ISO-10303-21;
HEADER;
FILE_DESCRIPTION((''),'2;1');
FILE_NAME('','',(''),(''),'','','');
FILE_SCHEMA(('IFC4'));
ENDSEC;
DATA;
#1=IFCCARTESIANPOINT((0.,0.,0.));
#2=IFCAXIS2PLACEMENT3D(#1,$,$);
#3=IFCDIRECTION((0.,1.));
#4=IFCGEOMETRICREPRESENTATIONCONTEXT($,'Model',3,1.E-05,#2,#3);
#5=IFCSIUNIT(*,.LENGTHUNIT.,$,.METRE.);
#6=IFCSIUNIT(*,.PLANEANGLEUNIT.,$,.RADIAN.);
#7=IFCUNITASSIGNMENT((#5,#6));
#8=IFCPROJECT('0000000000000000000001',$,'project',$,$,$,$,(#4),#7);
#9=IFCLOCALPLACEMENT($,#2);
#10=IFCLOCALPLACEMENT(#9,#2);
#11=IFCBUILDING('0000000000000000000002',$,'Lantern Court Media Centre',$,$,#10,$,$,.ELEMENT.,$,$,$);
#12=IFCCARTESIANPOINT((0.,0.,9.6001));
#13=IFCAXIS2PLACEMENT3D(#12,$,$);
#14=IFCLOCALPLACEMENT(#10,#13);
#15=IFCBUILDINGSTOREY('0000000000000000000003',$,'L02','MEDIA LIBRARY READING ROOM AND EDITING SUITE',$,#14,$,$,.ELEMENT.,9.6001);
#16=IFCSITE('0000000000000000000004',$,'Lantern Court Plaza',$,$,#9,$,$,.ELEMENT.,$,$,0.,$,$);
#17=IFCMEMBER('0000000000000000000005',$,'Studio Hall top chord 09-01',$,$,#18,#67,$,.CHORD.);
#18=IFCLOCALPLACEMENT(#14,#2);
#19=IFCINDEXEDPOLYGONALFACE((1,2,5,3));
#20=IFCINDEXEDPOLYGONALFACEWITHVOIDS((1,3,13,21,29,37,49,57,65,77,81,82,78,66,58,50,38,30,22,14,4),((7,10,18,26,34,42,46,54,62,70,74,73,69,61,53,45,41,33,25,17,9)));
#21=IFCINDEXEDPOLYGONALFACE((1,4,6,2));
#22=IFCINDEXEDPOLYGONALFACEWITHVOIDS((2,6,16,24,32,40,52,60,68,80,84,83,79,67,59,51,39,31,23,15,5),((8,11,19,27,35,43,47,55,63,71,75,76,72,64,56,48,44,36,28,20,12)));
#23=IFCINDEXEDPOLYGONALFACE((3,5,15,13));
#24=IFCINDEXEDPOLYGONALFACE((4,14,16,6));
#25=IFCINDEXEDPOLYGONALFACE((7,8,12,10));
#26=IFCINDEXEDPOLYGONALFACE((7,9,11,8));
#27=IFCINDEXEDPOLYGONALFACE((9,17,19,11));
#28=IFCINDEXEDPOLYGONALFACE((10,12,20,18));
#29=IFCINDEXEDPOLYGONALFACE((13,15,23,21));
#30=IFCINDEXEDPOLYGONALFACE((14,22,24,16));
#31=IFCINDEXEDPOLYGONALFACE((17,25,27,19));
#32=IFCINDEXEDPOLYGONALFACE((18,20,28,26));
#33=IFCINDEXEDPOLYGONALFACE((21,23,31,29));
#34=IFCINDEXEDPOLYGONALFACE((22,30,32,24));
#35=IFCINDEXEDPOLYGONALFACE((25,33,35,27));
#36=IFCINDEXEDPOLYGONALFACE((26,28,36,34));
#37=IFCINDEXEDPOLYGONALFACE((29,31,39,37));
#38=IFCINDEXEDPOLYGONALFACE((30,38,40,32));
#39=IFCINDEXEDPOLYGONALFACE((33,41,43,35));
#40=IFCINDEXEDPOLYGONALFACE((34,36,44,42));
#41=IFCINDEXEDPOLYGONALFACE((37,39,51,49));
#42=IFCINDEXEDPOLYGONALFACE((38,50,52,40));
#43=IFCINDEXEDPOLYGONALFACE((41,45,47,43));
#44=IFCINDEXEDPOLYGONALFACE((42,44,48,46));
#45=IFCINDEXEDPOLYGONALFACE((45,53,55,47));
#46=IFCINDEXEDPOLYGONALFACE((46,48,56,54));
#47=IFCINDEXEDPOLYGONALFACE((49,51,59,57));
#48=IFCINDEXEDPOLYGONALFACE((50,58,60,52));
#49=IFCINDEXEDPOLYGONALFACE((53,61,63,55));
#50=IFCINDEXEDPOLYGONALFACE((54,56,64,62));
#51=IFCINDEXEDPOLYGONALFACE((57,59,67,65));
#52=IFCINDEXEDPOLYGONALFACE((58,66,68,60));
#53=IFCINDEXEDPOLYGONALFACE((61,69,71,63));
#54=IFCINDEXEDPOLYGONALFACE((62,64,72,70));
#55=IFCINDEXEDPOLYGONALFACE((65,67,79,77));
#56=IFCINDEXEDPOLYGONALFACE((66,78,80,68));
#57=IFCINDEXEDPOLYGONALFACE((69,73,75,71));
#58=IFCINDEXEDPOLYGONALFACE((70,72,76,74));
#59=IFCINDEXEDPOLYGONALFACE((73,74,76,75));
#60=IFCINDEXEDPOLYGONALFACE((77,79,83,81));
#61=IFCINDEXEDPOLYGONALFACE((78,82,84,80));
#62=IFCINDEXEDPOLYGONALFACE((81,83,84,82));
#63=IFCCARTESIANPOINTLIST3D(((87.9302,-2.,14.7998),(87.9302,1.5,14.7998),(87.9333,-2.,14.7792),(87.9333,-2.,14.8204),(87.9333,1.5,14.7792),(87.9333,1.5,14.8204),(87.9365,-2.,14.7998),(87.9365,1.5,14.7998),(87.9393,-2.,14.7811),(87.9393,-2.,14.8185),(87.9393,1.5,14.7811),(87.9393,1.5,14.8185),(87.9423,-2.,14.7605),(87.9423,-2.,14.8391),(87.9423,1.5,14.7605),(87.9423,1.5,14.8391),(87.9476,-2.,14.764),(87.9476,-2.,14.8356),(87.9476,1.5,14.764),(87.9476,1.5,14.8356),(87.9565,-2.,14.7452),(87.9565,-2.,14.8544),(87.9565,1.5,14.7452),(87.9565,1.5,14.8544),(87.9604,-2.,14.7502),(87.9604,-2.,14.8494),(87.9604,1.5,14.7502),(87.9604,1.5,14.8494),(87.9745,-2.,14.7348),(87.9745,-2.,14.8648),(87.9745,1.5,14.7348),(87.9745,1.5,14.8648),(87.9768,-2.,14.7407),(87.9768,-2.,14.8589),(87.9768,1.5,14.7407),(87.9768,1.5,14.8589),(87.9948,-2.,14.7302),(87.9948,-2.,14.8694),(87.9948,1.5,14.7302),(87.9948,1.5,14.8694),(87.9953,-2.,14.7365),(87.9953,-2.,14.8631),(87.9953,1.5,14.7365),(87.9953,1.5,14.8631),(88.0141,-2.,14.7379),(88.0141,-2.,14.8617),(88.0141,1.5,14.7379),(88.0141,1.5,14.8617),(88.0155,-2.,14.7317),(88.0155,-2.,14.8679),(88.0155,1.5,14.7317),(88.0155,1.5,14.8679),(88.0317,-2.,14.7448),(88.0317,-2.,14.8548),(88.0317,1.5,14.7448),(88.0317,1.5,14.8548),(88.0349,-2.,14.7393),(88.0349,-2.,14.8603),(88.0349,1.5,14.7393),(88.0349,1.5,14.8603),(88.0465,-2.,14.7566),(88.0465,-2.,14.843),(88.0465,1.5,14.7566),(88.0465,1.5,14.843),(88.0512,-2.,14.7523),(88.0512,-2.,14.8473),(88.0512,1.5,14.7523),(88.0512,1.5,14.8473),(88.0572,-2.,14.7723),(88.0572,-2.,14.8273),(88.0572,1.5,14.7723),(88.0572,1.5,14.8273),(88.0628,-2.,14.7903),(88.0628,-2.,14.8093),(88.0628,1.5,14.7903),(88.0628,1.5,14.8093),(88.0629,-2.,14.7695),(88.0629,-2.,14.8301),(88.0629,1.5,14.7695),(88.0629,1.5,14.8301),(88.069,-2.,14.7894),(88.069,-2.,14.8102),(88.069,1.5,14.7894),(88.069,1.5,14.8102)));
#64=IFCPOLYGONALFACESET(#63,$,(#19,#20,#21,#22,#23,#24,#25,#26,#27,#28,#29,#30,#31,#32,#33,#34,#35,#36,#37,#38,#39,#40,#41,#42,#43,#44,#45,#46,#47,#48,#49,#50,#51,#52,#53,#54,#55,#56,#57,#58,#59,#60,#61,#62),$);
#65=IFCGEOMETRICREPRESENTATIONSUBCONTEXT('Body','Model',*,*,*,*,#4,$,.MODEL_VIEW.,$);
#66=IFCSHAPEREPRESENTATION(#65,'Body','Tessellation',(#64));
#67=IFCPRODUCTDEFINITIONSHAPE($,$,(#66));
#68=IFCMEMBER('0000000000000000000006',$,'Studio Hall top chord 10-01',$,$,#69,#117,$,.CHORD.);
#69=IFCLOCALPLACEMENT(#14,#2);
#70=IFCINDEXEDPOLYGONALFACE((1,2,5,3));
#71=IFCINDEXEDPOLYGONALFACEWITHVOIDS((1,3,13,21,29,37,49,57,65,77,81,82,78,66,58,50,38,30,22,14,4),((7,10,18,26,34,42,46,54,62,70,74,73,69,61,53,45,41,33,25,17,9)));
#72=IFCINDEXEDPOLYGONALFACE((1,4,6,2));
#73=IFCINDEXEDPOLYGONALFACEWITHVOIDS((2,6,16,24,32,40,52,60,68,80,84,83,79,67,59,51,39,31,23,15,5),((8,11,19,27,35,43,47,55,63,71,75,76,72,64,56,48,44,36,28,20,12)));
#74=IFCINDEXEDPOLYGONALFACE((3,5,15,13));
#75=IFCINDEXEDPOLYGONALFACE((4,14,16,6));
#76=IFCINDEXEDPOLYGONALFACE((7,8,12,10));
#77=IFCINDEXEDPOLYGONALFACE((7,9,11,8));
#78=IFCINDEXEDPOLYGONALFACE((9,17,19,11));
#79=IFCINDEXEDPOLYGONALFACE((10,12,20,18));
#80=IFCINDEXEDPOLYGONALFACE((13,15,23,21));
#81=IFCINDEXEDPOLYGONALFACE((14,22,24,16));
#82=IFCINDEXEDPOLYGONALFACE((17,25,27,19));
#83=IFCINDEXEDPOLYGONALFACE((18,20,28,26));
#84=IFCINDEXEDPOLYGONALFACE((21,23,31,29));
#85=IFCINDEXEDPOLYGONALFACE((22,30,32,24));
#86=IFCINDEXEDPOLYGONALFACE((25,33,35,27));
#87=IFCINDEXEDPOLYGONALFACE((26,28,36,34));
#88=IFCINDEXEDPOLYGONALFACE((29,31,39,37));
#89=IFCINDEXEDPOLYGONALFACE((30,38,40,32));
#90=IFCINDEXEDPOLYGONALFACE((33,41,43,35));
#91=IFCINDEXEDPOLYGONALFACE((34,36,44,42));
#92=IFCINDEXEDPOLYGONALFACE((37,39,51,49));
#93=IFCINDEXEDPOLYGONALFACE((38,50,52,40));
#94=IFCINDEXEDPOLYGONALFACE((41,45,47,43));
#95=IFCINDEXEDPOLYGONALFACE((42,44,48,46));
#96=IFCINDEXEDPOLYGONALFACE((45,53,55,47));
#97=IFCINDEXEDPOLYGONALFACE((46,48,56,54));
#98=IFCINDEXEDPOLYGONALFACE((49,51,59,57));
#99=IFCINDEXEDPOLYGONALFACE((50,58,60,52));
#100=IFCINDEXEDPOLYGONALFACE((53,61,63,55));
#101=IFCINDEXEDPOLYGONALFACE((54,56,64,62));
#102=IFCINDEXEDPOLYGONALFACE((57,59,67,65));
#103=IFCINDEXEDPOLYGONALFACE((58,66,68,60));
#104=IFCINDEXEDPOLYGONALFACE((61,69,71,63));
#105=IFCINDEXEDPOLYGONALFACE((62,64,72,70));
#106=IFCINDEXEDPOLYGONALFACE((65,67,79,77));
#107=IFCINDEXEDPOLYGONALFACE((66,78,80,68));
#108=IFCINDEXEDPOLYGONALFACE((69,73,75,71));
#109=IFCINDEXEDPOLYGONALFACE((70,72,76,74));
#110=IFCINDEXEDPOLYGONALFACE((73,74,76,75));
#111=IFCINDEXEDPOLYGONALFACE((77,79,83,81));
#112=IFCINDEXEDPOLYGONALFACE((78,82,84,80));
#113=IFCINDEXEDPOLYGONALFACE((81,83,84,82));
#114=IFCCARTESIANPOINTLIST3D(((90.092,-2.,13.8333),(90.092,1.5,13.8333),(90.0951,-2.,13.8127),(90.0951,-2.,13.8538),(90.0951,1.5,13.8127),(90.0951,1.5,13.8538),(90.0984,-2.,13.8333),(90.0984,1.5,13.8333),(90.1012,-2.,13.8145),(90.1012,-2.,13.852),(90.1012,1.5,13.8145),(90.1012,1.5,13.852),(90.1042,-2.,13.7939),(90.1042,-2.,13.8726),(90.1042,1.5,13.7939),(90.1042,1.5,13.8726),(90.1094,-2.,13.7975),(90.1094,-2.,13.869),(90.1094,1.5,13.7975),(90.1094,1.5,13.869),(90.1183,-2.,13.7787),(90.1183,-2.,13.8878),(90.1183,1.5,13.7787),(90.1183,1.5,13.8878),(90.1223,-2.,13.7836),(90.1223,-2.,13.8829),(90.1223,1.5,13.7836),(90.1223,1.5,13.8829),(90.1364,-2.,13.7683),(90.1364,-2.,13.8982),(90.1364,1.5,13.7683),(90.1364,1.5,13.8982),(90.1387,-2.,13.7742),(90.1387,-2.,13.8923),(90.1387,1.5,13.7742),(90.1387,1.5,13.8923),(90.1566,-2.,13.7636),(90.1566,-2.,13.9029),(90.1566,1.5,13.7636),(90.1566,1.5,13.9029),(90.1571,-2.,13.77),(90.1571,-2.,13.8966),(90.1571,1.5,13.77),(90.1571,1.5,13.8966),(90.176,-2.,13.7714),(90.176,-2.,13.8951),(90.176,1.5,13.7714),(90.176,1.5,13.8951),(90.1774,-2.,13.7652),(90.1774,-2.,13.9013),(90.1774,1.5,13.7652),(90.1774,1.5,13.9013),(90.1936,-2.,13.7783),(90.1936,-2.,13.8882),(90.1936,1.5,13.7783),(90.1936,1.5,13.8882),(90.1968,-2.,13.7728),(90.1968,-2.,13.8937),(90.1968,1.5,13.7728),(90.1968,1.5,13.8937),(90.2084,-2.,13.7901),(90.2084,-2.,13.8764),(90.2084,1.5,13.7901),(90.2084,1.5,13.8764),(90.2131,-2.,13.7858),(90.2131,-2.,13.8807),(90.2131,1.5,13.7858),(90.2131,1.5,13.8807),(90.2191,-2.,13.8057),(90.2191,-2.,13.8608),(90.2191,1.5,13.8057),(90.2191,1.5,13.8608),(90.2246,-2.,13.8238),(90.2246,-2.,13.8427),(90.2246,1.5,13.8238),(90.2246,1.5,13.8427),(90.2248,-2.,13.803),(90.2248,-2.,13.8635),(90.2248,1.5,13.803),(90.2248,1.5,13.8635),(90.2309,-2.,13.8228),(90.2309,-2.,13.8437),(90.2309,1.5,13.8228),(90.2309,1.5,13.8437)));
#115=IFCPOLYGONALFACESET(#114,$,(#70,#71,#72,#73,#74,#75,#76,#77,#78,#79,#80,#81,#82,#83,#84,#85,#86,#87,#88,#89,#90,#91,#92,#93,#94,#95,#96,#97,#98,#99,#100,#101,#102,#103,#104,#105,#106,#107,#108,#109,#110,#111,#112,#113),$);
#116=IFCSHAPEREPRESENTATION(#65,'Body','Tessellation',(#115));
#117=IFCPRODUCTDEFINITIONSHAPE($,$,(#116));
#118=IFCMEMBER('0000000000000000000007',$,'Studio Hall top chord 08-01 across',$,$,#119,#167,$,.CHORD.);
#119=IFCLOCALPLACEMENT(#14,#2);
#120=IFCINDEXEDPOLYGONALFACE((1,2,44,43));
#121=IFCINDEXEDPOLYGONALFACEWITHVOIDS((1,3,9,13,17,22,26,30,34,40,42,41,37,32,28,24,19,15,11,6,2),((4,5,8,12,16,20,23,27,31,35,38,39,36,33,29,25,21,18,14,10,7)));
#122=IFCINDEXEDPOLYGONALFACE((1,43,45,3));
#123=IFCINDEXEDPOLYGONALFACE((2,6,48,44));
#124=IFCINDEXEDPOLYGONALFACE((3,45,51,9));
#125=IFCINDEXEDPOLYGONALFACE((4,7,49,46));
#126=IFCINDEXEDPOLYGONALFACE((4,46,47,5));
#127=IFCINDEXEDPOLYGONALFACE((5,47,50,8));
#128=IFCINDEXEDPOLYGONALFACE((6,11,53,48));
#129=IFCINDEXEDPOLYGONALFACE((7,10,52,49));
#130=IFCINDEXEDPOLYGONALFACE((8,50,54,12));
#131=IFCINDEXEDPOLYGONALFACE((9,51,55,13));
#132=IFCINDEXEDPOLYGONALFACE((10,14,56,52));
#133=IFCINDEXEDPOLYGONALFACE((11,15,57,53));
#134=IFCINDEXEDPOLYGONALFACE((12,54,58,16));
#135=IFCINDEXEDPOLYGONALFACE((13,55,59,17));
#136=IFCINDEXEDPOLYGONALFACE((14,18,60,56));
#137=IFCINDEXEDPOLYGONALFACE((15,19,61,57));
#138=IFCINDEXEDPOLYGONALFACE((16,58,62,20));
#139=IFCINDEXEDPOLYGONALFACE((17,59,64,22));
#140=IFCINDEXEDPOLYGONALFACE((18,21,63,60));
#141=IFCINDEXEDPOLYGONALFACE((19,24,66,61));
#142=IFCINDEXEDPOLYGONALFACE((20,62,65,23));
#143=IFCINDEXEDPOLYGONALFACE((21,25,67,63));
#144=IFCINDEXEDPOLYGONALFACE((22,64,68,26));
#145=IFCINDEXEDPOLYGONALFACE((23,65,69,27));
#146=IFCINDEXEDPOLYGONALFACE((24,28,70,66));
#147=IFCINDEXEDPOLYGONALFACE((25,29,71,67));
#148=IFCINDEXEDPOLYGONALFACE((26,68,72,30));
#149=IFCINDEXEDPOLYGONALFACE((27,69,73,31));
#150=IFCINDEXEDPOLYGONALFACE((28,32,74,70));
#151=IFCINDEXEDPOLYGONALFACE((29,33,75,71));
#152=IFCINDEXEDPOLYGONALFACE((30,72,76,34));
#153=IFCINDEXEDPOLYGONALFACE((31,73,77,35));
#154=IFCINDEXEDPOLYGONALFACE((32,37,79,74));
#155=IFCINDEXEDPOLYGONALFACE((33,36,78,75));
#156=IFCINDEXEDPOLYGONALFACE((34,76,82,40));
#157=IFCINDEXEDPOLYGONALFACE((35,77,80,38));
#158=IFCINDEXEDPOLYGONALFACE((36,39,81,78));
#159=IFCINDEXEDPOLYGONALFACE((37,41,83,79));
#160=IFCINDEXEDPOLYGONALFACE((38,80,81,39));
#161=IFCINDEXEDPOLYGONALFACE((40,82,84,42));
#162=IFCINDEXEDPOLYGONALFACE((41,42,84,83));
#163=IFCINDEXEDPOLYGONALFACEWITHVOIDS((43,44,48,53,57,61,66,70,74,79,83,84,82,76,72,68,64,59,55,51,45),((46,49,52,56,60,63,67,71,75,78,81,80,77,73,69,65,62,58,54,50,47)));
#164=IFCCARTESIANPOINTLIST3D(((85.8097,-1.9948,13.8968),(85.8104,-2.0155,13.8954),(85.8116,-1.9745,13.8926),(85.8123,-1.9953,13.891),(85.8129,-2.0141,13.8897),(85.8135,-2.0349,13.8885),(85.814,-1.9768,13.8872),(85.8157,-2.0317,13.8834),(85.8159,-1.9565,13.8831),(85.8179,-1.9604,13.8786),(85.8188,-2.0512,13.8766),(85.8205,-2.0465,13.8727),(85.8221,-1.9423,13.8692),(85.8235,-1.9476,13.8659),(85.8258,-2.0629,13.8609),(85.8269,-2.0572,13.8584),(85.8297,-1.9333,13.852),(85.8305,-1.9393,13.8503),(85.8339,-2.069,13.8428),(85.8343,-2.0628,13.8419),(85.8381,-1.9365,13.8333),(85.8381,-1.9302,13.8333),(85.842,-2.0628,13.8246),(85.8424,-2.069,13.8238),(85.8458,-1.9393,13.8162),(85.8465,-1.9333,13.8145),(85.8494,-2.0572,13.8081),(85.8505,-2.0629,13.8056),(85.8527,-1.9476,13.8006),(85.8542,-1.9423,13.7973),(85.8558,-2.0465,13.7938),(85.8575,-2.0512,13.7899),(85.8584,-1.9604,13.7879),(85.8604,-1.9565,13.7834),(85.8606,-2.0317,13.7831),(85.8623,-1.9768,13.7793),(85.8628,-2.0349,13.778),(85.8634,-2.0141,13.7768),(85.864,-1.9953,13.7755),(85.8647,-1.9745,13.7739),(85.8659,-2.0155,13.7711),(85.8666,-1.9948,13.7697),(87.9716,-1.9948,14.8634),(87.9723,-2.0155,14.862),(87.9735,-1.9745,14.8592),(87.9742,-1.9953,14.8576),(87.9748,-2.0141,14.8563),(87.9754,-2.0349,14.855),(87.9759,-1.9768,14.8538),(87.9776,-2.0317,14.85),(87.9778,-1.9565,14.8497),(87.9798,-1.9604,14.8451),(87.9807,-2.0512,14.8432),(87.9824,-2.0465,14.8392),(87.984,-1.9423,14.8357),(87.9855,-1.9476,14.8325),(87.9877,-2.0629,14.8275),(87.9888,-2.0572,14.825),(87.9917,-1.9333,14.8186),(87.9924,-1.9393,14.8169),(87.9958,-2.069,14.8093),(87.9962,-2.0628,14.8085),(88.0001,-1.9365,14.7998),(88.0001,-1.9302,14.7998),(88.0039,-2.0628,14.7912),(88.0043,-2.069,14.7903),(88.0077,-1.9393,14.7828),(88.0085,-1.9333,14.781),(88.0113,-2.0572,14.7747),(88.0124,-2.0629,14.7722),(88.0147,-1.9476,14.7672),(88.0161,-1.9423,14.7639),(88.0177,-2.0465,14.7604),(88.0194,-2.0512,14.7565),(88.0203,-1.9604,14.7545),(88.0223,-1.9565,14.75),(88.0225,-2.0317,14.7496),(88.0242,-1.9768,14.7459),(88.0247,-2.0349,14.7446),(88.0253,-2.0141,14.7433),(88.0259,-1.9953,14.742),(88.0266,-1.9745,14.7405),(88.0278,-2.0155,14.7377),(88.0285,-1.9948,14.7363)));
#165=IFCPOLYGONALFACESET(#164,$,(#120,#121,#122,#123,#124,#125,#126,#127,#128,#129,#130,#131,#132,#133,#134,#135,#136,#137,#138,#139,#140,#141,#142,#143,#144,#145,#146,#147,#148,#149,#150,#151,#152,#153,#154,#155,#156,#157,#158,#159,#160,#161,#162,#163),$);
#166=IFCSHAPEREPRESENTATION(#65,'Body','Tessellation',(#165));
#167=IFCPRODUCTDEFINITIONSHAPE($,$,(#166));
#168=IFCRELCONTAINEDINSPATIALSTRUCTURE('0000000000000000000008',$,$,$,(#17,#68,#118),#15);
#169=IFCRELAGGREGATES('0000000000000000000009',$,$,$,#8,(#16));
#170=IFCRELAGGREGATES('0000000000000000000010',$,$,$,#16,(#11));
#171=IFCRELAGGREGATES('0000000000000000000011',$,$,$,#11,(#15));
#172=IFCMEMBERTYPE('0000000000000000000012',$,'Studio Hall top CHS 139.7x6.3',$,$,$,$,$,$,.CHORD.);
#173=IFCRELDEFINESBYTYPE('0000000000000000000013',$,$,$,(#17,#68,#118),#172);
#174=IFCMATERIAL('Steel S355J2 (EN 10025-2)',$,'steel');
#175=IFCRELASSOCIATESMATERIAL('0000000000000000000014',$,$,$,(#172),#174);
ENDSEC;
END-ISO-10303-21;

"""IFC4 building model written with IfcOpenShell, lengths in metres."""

from ifc_helpers import new_model, si_unit, direction, frame, origin, origin_2d, place, context, subcontext, project, spatial, hollow_circle, extrude, material, material_profile, profile_set, type_object, element, save


model = new_model("IFC4")

# Units and contexts
model_context = context("Model", 3, precision=1e-05, world=origin(), true_north=direction((0.0, 1.0)))
body_context = subcontext(model_context, "Body", "Model", "MODEL_VIEW")
ifc_project = project(units=[si_unit("LENGTHUNIT", "METRE"), si_unit("PLANEANGLEUNIT", "RADIAN")], contexts=[model_context])

# Site, building, storey
site_placement = place(None, origin())
site = spatial("IfcSite", under=ifc_project, at=site_placement, Name="Lantern Court Plaza", CompositionType="ELEMENT", RefElevation=0.0)
building_placement = place(site_placement, origin())
building = spatial("IfcBuilding", under=site, at=building_placement, Name="Lantern Court Media Centre", CompositionType="ELEMENT")
storey_placement = place(building_placement, frame((0.0, 0.0, 9.6001)))
storey = spatial("IfcBuildingStorey", under=building, at=storey_placement, Name="L02", Description="MEDIA LIBRARY READING ROOM AND EDITING SUITE", CompositionType="ELEMENT", Elevation=9.6001)

# Members
ifc_material = material(Name="Steel S355J2 (EN 10025-2)", Category="steel")
ifc_material_profile_1 = material_profile(ifc_material, hollow_circle(Radius=0.0698, WallThickness=0.0063, at=origin_2d()), Name="Studio Hall top CHS 139.7x6.3")
ifc_profile_set_1 = profile_set([ifc_material_profile_1], Name="Steel S355J2 (EN 10025-2)")
member_type_1 = type_object("IfcMemberType", Name="Studio Hall top CHS 139.7x6.3", PredefinedType="CHORD", material=ifc_profile_set_1)
for number, where, z_axis, x_axis, name in (
    (1, (88.0, -2.0, 14.7998), (0.0, 1.0, 0.0), (-1.0, 0.0, 0.0), "Studio Hall top chord 09-01"),
    (2, (90.1619, -2.0, 13.8333), (0.0, 1.0, 0.0), (-1.0, 0.0, 0.0), "Studio Hall top chord 10-01"),
):
    element("IfcMember", number, at=place(storey_placement, frame(where, z_axis=z_axis, x_axis=x_axis)), inside=storey, type_object=member_type_1, Name=name, PredefinedType="CHORD", context=body_context, shape_type="SweptSolid", body=[
        extrude(hollow_circle(Radius=0.0698, WallThickness=0.0063, at=origin_2d()), origin(), (0.0, 0.0, 1.0), 3.5),
    ])
for number, where, z_axis, x_axis, name in (
    (3, (85.8381, -2.0, 13.8333), (0.912912, 0.0, 0.408156), (0.0, 1.0, 0.0), "Studio Hall top chord 08-01 across"),
):
    element("IfcMember", number, at=place(storey_placement, frame(where, z_axis=z_axis, x_axis=x_axis)), inside=storey, type_object=member_type_1, Name=name, PredefinedType="CHORD", context=body_context, shape_type="SweptSolid", body=[
        extrude(hollow_circle(Radius=0.0698, WallThickness=0.0063, at=origin_2d()), origin(), (0.0, 0.0, 1.0), 2.3682),
    ])

save(model, "model.ifc")
